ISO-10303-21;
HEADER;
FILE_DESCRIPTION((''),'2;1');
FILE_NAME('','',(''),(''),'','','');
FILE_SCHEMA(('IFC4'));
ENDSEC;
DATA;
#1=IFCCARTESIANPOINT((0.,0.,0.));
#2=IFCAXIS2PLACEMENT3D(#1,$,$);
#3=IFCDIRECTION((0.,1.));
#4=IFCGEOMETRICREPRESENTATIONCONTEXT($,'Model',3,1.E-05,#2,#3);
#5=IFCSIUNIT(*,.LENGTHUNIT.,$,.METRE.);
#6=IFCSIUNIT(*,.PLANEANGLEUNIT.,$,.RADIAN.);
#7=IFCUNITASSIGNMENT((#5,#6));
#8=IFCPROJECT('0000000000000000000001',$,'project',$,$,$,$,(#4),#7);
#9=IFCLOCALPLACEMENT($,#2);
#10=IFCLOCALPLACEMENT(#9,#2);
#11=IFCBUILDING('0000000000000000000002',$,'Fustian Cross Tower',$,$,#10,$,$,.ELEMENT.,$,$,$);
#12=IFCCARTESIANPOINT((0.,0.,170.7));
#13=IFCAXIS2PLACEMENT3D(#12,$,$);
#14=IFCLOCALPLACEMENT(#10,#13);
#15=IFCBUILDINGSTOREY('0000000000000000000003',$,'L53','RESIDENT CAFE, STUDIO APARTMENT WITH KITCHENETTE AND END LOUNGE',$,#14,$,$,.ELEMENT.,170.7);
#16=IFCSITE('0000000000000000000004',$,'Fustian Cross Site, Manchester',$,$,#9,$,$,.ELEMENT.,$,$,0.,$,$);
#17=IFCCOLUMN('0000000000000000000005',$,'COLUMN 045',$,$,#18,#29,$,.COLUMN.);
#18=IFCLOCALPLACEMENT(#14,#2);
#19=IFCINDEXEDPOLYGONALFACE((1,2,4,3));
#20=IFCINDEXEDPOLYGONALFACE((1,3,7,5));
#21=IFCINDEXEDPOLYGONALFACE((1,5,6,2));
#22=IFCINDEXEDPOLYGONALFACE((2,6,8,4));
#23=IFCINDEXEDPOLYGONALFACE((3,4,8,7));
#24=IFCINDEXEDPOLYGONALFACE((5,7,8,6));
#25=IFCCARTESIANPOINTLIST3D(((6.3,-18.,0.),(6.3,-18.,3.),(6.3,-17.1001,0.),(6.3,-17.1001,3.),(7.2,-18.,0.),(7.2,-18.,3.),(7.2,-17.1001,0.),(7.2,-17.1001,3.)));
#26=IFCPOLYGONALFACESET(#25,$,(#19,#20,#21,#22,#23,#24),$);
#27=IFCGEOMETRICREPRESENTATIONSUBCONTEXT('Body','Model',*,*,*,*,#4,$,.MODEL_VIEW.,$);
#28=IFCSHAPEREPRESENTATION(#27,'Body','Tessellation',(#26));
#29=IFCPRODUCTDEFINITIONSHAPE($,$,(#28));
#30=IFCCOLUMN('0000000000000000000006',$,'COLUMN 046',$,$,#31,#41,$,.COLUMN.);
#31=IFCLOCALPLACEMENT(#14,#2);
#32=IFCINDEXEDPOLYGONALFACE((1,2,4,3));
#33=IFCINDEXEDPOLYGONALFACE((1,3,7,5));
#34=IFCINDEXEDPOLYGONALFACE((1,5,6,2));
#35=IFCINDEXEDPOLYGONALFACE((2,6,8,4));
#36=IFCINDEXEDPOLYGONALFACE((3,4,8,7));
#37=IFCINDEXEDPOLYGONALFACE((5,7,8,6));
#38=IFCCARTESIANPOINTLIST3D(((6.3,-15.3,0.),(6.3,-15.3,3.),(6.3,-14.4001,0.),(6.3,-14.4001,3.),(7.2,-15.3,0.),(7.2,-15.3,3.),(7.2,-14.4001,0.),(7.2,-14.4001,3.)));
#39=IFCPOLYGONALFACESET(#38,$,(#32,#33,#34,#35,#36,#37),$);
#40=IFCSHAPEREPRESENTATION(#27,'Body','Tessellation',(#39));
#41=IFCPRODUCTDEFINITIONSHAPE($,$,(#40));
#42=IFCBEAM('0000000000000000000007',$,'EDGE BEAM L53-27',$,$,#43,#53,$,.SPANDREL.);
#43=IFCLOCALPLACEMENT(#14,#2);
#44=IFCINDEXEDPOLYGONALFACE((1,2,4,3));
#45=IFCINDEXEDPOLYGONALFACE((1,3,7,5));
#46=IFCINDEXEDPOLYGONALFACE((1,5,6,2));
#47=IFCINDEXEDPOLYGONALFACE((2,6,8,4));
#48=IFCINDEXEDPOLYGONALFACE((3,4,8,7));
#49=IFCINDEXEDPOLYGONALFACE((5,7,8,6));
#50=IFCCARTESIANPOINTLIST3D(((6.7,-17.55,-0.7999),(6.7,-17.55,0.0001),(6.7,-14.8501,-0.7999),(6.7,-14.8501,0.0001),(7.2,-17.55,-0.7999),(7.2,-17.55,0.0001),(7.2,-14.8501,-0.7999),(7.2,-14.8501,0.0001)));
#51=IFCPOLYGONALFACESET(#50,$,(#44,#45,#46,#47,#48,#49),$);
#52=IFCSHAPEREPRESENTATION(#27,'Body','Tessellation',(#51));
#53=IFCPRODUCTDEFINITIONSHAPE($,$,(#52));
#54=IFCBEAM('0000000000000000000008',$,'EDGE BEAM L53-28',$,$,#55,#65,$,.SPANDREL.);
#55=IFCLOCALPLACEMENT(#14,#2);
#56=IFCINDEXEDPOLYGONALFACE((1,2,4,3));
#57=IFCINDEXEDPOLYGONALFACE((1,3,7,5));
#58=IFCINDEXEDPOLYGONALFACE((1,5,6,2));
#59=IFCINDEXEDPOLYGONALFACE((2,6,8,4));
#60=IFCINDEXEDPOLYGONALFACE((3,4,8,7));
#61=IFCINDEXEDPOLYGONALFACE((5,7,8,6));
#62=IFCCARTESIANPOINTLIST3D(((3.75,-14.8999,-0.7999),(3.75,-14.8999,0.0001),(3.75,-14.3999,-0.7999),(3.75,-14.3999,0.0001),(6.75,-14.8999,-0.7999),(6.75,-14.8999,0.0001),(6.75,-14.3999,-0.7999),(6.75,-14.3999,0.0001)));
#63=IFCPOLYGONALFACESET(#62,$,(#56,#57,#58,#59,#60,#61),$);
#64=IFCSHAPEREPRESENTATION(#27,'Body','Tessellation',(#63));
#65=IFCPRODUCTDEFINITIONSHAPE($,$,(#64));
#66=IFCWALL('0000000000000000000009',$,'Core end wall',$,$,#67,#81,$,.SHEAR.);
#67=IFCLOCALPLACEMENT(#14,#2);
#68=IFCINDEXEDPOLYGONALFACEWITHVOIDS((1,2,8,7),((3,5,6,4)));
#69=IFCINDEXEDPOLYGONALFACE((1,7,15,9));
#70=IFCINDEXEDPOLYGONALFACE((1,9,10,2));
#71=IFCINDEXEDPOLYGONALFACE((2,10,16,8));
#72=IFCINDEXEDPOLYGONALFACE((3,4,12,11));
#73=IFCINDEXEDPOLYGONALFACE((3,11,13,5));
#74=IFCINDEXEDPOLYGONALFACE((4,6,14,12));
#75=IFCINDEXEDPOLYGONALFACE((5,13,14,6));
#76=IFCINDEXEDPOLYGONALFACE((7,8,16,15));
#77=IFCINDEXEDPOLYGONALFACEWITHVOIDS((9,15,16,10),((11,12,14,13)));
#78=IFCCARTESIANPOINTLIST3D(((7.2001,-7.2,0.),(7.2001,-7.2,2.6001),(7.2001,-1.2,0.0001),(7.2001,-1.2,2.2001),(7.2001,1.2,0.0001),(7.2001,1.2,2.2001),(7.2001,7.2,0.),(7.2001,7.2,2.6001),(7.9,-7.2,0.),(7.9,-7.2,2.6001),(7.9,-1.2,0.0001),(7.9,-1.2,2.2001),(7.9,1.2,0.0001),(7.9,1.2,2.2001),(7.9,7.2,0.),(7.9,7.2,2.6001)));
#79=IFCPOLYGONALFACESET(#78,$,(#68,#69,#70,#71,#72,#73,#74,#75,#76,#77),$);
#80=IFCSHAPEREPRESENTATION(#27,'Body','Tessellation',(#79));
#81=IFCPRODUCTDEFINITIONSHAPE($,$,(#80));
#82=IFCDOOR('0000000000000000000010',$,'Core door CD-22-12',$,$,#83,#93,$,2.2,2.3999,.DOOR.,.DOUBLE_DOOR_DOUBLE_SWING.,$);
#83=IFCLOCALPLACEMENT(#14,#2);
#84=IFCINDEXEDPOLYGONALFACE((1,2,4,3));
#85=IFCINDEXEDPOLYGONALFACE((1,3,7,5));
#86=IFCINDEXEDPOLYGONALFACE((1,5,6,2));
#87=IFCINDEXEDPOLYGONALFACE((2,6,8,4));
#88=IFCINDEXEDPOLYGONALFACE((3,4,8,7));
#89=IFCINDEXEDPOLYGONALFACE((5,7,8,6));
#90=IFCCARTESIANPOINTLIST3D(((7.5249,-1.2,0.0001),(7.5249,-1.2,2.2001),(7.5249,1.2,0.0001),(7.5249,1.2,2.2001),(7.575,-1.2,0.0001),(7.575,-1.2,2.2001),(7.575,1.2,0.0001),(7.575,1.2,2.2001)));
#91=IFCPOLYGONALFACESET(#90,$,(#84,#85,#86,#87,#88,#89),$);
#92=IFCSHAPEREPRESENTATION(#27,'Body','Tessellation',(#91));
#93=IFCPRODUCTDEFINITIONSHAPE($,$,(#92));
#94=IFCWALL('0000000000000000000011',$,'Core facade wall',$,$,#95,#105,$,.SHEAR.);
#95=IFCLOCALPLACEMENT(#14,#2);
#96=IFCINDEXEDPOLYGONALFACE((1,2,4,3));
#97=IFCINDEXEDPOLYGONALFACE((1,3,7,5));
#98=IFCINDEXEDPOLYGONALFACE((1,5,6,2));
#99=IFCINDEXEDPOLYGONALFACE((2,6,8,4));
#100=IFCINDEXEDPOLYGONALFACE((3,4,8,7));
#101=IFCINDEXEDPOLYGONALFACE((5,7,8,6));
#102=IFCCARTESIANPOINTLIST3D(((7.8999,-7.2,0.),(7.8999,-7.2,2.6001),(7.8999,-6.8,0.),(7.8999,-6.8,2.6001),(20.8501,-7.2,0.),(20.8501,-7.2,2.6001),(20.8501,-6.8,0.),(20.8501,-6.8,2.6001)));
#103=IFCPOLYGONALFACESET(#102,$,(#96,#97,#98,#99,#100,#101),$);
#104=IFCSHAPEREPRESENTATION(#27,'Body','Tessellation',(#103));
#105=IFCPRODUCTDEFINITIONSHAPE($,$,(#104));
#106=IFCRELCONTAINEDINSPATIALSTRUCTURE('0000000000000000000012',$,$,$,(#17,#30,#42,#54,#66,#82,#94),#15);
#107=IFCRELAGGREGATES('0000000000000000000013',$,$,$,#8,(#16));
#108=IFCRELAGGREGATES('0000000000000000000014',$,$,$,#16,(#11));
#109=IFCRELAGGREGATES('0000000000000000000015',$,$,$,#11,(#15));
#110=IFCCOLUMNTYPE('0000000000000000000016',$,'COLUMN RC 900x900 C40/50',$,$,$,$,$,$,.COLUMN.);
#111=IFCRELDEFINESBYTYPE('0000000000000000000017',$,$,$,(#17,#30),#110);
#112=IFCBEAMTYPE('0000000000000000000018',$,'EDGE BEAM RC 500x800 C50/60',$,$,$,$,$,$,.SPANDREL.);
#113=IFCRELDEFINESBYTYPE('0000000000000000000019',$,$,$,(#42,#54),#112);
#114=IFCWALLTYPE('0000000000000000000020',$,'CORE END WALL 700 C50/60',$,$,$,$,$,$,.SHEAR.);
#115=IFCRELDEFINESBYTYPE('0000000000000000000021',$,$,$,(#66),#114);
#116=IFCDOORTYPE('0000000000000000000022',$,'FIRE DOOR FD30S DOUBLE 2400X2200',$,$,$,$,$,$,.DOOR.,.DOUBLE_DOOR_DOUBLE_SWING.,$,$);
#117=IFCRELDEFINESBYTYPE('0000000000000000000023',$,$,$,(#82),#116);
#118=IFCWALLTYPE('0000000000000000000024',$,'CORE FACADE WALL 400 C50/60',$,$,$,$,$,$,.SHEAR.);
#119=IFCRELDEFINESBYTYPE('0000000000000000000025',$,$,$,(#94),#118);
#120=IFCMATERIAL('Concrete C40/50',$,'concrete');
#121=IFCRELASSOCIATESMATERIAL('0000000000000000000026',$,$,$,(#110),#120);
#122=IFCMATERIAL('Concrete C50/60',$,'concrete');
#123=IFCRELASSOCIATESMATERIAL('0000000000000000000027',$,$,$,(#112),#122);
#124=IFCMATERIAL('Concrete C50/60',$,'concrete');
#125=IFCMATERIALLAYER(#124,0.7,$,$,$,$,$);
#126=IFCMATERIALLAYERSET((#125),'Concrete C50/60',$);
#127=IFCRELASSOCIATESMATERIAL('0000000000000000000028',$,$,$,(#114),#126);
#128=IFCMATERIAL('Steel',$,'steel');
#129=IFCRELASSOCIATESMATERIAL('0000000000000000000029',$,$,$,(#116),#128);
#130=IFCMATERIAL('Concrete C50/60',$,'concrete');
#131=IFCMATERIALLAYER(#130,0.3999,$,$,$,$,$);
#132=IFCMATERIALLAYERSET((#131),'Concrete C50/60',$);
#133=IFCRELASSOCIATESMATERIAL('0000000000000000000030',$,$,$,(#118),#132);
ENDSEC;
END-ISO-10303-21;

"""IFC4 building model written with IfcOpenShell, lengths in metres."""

from ifc_helpers import new_model, si_unit, direction, frame, frame_2d, origin, origin_2d, place, context, subcontext, project, spatial, rectangle, extrude, material, layer, layer_set, material_profile, profile_set, type_object, element, fill, save


model = new_model("IFC4")

# Units and contexts
model_context = context("Model", 3, precision=1e-05, world=origin(), true_north=direction((0.0, 1.0)))
body_context = subcontext(model_context, "Body", "Model", "MODEL_VIEW")
ifc_project = project(units=[si_unit("LENGTHUNIT", "METRE"), si_unit("PLANEANGLEUNIT", "RADIAN")], contexts=[model_context])

# Site, building, storey
site_placement = place(None, origin())
site = spatial("IfcSite", under=ifc_project, at=site_placement, Name="Fustian Cross Site, Manchester", CompositionType="ELEMENT", RefElevation=0.0)
building_placement = place(site_placement, origin())
building = spatial("IfcBuilding", under=site, at=building_placement, Name="Fustian Cross Tower", CompositionType="ELEMENT")
storey_placement = place(building_placement, frame((0.0, 0.0, 170.7)))
storey = spatial("IfcBuildingStorey", under=building, at=storey_placement, Name="L53", Description="RESIDENT CAFE, STUDIO APARTMENT WITH KITCHENETTE AND END LOUNGE", CompositionType="ELEMENT", Elevation=170.7)

# Columns
ifc_material_1 = material(Name="Concrete C40/50", Category="concrete")
ifc_material_profile_1 = material_profile(ifc_material_1, rectangle(XDim=0.8999, YDim=0.8999, at=origin_2d()), Name="RC 900x900")
ifc_profile_set_1 = profile_set([ifc_material_profile_1], Name="Concrete C40/50")
column_type = type_object("IfcColumnType", Name="COLUMN RC 900x900 C40/50", PredefinedType="COLUMN", material=ifc_profile_set_1)
for number, where, z_axis, x_axis, name in (
    (1, (6.75, -17.55, 0.0), (0.0, 0.0, 1.0), (1.0, 0.0, 0.0), "COLUMN 045"),
    (2, (6.75, -14.8501, 0.0), (0.0, 0.0, 1.0), (1.0, 0.0, 0.0), "COLUMN 046"),
):
    element("IfcColumn", number, at=place(storey_placement, frame(where, z_axis=z_axis, x_axis=x_axis)), inside=storey, type_object=column_type, Name=name, PredefinedType="COLUMN", context=body_context, shape_type="SweptSolid", body=[
        extrude(rectangle(XDim=0.8999, YDim=0.8999, at=origin_2d()), origin(), (0.0, 0.0, 1.0), 3.0),
    ])

# Beams
ifc_material_2 = material(Name="Concrete C50/60", Category="concrete")
ifc_material_profile_2 = material_profile(ifc_material_2, rectangle(XDim=0.5, YDim=0.8, at=origin_2d()), Name="RC 500x800")
ifc_profile_set_2 = profile_set([ifc_material_profile_2], Name="Concrete C50/60")
beam_type = type_object("IfcBeamType", Name="EDGE BEAM RC 500x800 C50/60", PredefinedType="SPANDREL", material=ifc_profile_set_2)
beam_1_placement = place(storey_placement, frame((6.95, -17.55, -0.3999), z_axis=(0.0, 1.0, 0.0), x_axis=(-1.0, 0.0, 0.0)))
element("IfcBeam", 3, at=beam_1_placement, inside=storey, type_object=beam_type, Name="EDGE BEAM L53-27", PredefinedType="SPANDREL", context=body_context, shape_type="SweptSolid", body=[
    extrude(rectangle(XDim=0.5, YDim=0.8, at=origin_2d()), origin(), (0.0, 0.0, 1.0), 2.7),
])
beam_2_placement = place(storey_placement, frame((6.75, -14.6499, -0.3999), z_axis=(-1.0, 0.0, 0.0), x_axis=(0.0, -1.0, 0.0)))
element("IfcBeam", 4, at=beam_2_placement, inside=storey, type_object=beam_type, Name="EDGE BEAM L53-28", PredefinedType="SPANDREL", context=body_context, shape_type="SweptSolid", body=[
    extrude(rectangle(XDim=0.5, YDim=0.8, at=origin_2d()), origin(), (0.0, 0.0, 1.0), 3.0),
])

# Wall, opening, door
ifc_material_3 = material(Name="Concrete C50/60", Category="concrete")
ifc_layer_1 = layer(ifc_material_3, 0.7)
ifc_layer_set_1 = layer_set([ifc_layer_1], Name="Concrete C50/60")
wall_type_1 = type_object("IfcWallType", Name="CORE END WALL 700 C50/60", PredefinedType="SHEAR", material=ifc_layer_set_1)
wall_1_placement = place(storey_placement, frame((7.55, -7.2, 0.0), z_axis=(0.0, 0.0, 1.0), x_axis=(0.0, 1.0, 0.0)))
wall_1 = element("IfcWall", 5, at=wall_1_placement, inside=storey, type_object=wall_type_1, Name="Core end wall", PredefinedType="SHEAR", context=body_context, shape_type="SweptSolid", body=[
    extrude(rectangle(XDim=14.3999, YDim=0.7, at=frame_2d((7.2, 0.0))), origin(), (0.0, 0.0, 1.0), 2.6001),
])
opening_1_placement = place(wall_1_placement, frame((6.0, 0.0, 0.0)))
opening_1 = element("IfcOpeningElement", 6, at=opening_1_placement, cuts=wall_1, PredefinedType="OPENING", context=body_context, shape_type="SweptSolid", body=[
    extrude(rectangle(XDim=2.3999, YDim=2.2, at=frame_2d((1.2, 1.1001))), frame((0.0, 0.3599, 0.0), z_axis=(0.0, -1.0, 0.0), x_axis=(1.0, 0.0, 0.0)), (0.0, 0.0, 1.0), 0.72),
])
ifc_material_4 = material(Name="Steel", Category="steel")
door_type_1 = type_object("IfcDoorType", Name="FIRE DOOR FD30S DOUBLE 2400X2200", OperationType="DOUBLE_DOOR_DOUBLE_SWING", PredefinedType="DOOR", material=ifc_material_4)
door_1_placement = place(opening_1_placement, frame((2.3999, 0.0, 0.0), z_axis=(0.0, 0.0, 1.0), x_axis=(-1.0, 0.0, 0.0)))
door_1 = element("IfcDoor", 7, at=door_1_placement, inside=storey, type_object=door_type_1, Name="Core door CD-22-12", OperationType="DOUBLE_DOOR_DOUBLE_SWING", OverallHeight=2.2, OverallWidth=2.3999, PredefinedType="DOOR", context=body_context, shape_type="SweptSolid", body=[
    extrude(rectangle(XDim=2.3999, YDim=2.2, at=frame_2d((1.2, 1.1001))), frame((0.0, 0.0249, 0.0), z_axis=(0.0, -1.0, 0.0), x_axis=(1.0, 0.0, 0.0)), (0.0, 0.0, 1.0), 0.05),
])
fill(opening_1, door_1)

# Wall
ifc_material_5 = material(Name="Concrete C50/60", Category="concrete")
ifc_layer_2 = layer(ifc_material_5, 0.3999)
ifc_layer_set_2 = layer_set([ifc_layer_2], Name="Concrete C50/60")
wall_type_2 = type_object("IfcWallType", Name="CORE FACADE WALL 400 C50/60", PredefinedType="SHEAR", material=ifc_layer_set_2)
wall_2_placement = place(storey_placement, frame((7.8999, -7.0, 0.0), z_axis=(0.0, 0.0, 1.0), x_axis=(1.0, 0.0, 0.0)))
element("IfcWall", 8, at=wall_2_placement, inside=storey, type_object=wall_type_2, Name="Core facade wall", PredefinedType="SHEAR", context=body_context, shape_type="SweptSolid", body=[
    extrude(rectangle(XDim=12.9502, YDim=0.3999, at=frame_2d((6.4751, 0.0))), origin(), (0.0, 0.0, 1.0), 2.6001),
])

save(model, "model.ifc")
